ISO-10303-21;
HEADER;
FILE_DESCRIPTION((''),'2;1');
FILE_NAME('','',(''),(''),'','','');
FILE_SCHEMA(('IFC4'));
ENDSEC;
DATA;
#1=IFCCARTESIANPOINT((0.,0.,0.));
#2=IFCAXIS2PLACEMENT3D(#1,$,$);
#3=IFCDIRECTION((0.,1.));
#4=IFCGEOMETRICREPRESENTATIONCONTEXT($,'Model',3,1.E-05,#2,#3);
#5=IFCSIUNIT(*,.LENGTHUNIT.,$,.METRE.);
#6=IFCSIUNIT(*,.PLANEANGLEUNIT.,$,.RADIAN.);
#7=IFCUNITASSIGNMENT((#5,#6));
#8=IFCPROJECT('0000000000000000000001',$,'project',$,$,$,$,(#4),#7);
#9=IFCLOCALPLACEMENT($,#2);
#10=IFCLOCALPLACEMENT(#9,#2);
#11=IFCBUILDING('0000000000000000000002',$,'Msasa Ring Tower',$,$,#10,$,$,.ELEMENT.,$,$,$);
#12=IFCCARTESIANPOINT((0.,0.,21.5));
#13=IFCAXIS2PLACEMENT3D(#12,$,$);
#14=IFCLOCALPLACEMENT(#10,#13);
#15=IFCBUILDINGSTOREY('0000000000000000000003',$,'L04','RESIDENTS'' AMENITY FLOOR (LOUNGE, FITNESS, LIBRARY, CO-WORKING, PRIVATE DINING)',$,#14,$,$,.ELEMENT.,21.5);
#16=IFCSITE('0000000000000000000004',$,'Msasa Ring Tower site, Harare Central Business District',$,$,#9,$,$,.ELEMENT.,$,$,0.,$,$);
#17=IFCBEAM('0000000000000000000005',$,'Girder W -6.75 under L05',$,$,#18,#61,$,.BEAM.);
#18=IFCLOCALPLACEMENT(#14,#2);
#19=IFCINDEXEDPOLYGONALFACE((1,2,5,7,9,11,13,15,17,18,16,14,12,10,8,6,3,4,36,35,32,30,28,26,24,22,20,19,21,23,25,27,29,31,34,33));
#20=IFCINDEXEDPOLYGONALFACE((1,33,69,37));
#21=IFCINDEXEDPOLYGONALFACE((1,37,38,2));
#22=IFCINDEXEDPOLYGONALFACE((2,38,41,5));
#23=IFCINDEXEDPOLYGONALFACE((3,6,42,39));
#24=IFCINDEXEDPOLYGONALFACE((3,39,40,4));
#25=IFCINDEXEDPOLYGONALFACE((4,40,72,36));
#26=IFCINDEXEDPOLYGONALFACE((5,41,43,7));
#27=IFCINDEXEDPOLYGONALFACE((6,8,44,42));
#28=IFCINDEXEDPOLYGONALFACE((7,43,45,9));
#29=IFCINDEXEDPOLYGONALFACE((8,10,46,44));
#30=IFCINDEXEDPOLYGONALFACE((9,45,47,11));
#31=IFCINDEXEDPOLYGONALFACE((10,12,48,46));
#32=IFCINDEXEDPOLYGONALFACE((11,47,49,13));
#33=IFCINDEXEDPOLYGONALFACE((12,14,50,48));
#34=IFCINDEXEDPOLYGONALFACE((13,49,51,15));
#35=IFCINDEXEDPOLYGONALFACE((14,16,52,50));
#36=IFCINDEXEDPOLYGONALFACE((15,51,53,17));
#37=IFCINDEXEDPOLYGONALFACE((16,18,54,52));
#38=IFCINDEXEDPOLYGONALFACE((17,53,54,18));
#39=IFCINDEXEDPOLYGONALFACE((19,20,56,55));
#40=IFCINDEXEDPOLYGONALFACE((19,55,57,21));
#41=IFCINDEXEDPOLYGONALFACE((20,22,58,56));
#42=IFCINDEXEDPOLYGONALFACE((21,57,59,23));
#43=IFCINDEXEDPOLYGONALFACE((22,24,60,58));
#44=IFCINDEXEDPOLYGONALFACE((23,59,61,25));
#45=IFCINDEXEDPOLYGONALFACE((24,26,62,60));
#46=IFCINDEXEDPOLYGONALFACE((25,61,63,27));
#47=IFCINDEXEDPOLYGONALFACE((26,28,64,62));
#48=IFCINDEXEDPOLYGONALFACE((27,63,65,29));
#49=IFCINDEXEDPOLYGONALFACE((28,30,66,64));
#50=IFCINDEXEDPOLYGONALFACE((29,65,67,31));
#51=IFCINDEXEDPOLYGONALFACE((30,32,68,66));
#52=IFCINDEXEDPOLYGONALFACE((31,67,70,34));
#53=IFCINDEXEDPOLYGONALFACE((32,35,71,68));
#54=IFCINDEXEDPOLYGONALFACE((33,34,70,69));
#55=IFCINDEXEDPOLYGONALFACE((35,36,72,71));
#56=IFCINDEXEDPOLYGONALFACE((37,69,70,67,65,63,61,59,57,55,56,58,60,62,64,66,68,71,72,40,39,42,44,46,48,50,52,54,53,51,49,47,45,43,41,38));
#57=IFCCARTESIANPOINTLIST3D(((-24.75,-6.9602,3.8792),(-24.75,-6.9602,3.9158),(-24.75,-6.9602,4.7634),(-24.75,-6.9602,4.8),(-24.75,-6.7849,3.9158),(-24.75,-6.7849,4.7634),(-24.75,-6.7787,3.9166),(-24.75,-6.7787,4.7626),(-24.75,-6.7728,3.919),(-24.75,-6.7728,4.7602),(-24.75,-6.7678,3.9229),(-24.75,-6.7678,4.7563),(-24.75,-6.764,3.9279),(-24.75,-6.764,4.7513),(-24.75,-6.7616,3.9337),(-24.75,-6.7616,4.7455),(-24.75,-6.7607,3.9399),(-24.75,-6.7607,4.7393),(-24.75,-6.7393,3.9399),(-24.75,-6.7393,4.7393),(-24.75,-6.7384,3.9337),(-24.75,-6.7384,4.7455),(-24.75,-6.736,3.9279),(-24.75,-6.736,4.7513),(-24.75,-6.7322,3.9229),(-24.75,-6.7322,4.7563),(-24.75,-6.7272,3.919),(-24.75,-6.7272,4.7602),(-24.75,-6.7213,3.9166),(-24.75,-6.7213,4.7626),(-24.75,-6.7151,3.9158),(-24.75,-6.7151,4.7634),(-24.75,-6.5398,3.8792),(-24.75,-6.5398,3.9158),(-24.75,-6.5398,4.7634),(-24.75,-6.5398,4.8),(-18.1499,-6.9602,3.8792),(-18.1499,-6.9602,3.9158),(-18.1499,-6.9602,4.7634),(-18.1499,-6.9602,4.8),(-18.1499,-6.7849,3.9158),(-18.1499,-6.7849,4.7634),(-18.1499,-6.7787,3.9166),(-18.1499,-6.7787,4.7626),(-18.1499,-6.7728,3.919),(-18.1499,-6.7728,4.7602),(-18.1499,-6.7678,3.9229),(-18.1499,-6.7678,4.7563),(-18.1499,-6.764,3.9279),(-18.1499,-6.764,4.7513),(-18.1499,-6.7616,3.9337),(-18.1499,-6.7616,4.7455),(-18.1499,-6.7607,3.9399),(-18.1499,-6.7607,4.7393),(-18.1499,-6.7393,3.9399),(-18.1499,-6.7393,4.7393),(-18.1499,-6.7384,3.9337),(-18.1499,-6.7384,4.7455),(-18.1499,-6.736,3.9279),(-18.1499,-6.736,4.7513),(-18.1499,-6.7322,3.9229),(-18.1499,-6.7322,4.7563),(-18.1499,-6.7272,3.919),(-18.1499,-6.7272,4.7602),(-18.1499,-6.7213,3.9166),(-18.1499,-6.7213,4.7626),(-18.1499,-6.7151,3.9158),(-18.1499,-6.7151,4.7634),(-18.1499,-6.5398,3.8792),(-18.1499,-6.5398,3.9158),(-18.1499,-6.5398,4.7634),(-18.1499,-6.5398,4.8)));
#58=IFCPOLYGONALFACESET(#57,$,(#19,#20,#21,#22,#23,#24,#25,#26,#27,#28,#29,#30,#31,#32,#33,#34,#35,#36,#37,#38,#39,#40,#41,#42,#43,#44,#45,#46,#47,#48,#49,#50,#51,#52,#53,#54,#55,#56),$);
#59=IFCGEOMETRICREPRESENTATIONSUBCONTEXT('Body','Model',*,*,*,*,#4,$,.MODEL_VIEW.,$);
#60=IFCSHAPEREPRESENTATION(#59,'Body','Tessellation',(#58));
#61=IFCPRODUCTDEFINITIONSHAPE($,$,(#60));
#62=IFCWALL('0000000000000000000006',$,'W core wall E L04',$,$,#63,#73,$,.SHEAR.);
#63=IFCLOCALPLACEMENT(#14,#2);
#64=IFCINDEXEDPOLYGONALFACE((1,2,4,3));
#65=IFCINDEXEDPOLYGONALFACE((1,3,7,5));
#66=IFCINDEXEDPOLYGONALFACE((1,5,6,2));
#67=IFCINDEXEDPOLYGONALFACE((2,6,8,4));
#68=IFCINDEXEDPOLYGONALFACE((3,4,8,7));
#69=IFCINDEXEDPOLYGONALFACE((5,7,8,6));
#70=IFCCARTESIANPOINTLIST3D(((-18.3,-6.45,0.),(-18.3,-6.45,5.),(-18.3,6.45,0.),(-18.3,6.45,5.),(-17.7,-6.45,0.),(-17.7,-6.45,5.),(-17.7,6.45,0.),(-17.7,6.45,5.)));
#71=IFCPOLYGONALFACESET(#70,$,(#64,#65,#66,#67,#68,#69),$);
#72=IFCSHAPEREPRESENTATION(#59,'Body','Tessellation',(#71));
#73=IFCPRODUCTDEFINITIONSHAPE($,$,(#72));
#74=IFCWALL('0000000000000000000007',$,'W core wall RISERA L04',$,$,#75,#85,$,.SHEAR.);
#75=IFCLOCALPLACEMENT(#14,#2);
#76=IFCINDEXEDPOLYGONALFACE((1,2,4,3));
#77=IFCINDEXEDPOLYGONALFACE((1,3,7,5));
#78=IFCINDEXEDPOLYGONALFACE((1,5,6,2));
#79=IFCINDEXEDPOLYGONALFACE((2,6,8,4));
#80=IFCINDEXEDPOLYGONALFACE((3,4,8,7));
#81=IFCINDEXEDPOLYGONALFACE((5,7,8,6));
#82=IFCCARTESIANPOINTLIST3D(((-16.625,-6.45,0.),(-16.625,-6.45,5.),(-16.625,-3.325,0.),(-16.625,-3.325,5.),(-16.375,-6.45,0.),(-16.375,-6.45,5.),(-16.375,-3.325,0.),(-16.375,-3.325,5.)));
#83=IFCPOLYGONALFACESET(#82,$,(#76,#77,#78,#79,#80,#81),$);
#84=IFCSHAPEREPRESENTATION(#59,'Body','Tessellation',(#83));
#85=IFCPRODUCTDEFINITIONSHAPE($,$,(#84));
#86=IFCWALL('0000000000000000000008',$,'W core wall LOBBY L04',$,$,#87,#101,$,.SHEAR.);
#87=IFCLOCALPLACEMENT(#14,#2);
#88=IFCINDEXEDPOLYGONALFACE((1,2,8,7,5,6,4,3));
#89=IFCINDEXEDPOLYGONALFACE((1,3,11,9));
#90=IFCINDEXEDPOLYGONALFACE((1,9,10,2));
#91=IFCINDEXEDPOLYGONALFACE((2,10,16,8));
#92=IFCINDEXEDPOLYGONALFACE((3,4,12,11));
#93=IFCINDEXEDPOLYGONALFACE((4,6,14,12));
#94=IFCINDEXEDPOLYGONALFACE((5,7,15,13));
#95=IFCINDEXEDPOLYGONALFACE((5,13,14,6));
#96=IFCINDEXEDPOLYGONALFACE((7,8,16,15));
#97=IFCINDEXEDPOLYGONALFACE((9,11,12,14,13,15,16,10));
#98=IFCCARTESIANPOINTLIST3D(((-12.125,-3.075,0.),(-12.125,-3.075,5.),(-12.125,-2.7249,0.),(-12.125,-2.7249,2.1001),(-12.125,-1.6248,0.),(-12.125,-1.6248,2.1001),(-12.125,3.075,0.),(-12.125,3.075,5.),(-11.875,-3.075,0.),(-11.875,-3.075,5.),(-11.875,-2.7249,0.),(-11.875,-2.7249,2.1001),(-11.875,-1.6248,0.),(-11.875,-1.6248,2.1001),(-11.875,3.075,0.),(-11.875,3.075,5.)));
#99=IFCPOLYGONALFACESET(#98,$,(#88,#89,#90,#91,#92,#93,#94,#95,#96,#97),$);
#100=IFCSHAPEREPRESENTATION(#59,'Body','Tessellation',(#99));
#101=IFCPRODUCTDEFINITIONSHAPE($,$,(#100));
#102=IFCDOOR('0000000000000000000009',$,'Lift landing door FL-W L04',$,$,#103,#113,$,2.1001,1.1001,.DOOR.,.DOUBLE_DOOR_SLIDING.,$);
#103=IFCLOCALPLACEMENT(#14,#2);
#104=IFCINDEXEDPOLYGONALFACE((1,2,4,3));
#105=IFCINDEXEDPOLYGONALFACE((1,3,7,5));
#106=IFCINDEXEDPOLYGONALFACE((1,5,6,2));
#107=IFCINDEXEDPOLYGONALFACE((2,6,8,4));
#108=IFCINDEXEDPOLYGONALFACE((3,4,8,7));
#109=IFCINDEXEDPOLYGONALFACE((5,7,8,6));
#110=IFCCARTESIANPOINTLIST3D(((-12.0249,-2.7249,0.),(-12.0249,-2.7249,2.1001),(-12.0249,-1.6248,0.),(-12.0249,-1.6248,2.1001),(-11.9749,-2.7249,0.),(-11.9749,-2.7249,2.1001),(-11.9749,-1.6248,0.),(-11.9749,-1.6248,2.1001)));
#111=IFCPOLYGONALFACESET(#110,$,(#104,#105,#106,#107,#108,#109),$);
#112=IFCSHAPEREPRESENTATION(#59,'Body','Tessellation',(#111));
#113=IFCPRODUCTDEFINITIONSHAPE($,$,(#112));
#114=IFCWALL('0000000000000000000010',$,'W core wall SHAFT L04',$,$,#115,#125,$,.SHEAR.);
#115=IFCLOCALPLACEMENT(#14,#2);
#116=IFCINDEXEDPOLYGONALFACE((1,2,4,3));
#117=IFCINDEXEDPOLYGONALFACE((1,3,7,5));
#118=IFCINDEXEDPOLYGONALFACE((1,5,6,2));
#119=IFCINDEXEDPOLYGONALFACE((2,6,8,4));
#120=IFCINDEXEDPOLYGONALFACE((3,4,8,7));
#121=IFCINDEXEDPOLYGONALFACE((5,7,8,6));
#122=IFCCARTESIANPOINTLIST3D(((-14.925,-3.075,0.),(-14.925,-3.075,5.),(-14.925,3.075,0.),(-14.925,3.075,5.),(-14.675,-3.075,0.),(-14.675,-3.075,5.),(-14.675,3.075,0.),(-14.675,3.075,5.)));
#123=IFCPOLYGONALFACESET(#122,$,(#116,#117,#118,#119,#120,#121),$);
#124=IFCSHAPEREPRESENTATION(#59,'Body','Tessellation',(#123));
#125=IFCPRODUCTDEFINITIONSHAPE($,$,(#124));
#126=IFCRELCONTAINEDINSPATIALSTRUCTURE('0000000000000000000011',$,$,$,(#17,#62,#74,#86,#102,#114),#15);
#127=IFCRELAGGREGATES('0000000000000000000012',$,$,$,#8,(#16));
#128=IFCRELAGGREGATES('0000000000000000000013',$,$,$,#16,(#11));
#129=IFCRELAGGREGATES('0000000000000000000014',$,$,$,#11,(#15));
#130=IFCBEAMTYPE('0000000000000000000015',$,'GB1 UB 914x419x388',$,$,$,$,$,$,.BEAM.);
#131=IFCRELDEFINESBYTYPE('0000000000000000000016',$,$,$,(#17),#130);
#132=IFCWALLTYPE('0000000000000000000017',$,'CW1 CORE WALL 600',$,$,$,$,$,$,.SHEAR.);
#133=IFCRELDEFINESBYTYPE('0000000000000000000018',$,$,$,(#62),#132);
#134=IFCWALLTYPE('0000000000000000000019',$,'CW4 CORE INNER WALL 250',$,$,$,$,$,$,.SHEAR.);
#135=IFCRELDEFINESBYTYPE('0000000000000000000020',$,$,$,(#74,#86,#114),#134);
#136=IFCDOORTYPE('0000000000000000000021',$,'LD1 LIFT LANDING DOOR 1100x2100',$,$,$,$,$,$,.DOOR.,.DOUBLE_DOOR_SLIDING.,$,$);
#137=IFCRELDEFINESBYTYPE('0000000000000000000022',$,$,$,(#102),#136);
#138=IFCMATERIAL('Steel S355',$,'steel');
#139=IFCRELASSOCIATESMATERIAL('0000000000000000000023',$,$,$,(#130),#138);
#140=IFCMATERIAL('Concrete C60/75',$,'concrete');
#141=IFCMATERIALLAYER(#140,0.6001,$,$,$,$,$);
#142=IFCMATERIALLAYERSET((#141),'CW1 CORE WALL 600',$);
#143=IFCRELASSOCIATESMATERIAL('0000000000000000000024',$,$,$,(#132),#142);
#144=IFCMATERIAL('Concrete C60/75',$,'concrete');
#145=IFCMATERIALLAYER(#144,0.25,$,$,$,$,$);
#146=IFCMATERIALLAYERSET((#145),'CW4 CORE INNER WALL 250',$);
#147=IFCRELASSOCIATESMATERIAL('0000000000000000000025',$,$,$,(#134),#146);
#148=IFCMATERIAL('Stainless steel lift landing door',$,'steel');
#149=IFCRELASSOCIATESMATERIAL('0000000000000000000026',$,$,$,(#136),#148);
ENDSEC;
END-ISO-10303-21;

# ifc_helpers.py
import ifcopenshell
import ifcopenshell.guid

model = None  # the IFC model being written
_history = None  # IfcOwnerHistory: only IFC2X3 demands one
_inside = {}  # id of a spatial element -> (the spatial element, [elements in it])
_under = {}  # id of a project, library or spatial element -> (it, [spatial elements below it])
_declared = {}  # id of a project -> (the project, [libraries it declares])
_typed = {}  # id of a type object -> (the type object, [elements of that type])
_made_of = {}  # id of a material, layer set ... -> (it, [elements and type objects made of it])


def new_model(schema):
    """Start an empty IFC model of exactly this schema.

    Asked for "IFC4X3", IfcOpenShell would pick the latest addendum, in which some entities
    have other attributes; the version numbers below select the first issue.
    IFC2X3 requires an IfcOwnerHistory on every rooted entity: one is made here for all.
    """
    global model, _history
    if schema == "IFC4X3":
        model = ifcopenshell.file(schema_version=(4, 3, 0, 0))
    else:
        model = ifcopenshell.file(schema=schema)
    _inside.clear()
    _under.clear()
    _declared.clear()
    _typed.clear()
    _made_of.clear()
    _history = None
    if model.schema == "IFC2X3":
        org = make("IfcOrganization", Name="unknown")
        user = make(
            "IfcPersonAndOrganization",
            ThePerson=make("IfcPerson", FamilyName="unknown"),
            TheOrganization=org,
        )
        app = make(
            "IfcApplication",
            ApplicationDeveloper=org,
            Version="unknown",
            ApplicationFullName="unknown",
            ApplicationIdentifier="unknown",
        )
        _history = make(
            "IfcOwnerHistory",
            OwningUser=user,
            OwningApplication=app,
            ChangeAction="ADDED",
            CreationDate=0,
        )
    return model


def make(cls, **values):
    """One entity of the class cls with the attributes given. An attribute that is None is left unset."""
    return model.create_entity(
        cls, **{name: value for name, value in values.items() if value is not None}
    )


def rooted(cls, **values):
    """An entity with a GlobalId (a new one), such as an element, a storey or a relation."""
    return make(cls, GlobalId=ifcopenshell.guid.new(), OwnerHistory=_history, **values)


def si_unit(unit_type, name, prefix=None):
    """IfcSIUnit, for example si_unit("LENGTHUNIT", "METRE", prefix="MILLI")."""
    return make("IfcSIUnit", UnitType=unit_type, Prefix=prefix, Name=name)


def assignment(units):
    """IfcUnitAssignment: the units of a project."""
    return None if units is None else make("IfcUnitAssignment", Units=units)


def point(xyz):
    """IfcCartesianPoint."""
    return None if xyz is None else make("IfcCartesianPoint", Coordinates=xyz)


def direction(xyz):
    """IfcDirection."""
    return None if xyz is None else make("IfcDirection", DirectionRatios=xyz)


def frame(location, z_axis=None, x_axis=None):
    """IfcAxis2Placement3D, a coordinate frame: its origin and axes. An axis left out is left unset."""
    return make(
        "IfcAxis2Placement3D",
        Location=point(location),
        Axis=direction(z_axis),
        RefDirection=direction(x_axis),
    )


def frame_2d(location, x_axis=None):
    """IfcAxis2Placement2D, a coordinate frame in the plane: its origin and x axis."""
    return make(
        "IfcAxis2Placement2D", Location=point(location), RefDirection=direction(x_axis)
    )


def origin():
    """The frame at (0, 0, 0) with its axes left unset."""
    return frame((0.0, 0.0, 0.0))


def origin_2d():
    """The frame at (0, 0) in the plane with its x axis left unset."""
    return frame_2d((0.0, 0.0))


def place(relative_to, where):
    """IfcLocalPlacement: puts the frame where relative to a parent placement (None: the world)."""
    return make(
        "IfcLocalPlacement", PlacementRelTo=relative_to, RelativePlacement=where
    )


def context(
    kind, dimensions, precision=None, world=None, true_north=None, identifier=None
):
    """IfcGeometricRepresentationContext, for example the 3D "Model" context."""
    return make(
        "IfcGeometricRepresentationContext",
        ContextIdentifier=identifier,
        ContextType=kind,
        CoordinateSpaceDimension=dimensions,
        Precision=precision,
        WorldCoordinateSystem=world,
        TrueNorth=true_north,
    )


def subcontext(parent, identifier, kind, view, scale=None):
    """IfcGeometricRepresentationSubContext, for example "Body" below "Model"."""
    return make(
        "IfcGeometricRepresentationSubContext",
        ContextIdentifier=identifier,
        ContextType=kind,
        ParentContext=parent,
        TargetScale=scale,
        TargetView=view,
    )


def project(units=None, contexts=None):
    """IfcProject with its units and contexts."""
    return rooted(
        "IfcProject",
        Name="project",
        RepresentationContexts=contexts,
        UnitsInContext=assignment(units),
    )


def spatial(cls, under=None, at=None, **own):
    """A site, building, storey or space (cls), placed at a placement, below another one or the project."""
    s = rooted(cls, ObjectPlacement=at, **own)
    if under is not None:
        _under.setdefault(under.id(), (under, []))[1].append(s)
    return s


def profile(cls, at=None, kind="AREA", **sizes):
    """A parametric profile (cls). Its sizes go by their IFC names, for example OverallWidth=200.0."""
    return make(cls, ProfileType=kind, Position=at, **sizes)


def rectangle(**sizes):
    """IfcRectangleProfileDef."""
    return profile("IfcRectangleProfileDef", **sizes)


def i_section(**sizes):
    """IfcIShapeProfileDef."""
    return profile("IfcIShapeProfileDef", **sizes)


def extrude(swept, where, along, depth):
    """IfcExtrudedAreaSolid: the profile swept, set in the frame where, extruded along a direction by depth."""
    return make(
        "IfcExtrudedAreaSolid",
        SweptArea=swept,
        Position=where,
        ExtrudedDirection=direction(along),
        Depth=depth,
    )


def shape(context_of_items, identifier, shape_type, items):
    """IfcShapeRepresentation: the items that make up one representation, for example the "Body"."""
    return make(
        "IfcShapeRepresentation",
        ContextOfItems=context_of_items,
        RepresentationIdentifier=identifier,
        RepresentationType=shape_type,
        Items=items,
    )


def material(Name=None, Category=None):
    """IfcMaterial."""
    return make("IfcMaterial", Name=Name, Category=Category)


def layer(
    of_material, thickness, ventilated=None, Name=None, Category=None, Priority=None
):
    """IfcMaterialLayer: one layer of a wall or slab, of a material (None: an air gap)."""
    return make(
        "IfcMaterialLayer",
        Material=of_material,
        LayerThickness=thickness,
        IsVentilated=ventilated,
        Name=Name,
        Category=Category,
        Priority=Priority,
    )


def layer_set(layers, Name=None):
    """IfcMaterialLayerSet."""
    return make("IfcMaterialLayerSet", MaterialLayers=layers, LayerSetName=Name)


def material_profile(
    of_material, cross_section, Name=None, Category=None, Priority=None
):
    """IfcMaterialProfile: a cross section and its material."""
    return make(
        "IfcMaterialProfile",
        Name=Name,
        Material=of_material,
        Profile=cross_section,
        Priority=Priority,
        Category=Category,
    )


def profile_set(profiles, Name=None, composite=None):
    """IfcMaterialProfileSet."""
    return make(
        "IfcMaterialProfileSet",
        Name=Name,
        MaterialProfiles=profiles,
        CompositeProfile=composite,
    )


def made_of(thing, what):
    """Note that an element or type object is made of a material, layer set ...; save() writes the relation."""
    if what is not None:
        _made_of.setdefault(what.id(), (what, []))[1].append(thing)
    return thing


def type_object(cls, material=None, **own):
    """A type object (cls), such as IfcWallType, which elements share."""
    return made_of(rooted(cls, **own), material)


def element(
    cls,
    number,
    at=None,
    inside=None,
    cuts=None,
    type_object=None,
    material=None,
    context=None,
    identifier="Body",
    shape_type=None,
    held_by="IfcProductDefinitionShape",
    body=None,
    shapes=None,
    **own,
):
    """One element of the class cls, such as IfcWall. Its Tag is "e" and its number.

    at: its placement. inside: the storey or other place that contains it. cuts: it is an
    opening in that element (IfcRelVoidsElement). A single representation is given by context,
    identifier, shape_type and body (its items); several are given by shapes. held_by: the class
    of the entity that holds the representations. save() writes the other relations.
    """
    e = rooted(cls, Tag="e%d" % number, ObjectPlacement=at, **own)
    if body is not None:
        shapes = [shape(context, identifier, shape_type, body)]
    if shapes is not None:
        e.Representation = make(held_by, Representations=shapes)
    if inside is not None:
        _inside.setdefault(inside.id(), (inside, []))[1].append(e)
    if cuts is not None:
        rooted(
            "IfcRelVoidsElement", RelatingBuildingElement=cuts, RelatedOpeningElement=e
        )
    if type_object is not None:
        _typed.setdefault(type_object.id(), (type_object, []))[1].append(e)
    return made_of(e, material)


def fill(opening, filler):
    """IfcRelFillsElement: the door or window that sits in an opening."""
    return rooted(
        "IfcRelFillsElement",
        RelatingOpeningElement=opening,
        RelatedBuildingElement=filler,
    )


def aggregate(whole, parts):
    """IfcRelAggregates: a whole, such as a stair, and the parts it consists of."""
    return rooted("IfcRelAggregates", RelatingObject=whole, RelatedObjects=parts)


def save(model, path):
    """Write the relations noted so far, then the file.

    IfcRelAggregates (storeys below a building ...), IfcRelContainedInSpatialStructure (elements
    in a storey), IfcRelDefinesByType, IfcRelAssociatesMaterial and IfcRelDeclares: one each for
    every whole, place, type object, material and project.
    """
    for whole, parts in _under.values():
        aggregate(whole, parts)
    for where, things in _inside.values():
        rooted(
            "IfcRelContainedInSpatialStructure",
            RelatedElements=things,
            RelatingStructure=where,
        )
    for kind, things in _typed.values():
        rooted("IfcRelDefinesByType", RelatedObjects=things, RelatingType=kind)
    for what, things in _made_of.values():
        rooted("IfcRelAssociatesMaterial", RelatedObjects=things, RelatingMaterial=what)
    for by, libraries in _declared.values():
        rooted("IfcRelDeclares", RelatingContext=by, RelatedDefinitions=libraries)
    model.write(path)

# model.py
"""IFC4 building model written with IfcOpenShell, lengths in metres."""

from ifc_helpers import new_model, si_unit, direction, frame, frame_2d, origin, origin_2d, place, context, subcontext, project, spatial, rectangle, i_section, extrude, material, layer, layer_set, material_profile, profile_set, type_object, element, fill, save


model = new_model("IFC4")

# Units and contexts
model_context = context("Model", 3, precision=1e-05, world=origin(), true_north=direction((0.0, 1.0)))
body_context = subcontext(model_context, "Body", "Model", "MODEL_VIEW")
ifc_project = project(units=[si_unit("LENGTHUNIT", "METRE"), si_unit("PLANEANGLEUNIT", "RADIAN")], contexts=[model_context])

# Site, building, storey
site_placement = place(None, origin())
site = spatial("IfcSite", under=ifc_project, at=site_placement, Name="Msasa Ring Tower site, Harare Central Business District", CompositionType="ELEMENT", RefElevation=0.0)
building_placement = place(site_placement, origin())
building = spatial("IfcBuilding", under=site, at=building_placement, Name="Msasa Ring Tower", CompositionType="ELEMENT")
storey_placement = place(building_placement, frame((0.0, 0.0, 21.5)))
storey = spatial("IfcBuildingStorey", under=building, at=storey_placement, Name="L04", Description="RESIDENTS' AMENITY FLOOR (LOUNGE, FITNESS, LIBRARY, CO-WORKING, PRIVATE DINING)", CompositionType="ELEMENT", Elevation=21.5)

# Beam
ifc_material_1 = material(Name="Steel S355", Category="steel")
ifc_material_profile = material_profile(ifc_material_1, i_section(OverallWidth=0.4204, OverallDepth=0.9209, WebThickness=0.0215, FlangeThickness=0.0366, FilletRadius=0.0242, at=origin_2d()), Name="UB 914x419x388")
ifc_profile_set = profile_set([ifc_material_profile], Name="Steel S355")
beam_type = type_object("IfcBeamType", Name="GB1 UB 914x419x388", PredefinedType="BEAM", material=ifc_profile_set)
beam_placement = place(storey_placement, frame((-18.1499, -6.75, 4.3396), z_axis=(-1.0, 0.0, 0.0), x_axis=(0.0, -1.0, 0.0)))
element("IfcBeam", 1, at=beam_placement, inside=storey, type_object=beam_type, Name="Girder W -6.75 under L05", PredefinedType="BEAM", context=body_context, shape_type="SweptSolid", body=[
    extrude(i_section(OverallWidth=0.4204, OverallDepth=0.9209, WebThickness=0.0215, FlangeThickness=0.0366, FilletRadius=0.0242, at=origin_2d()), origin(), (0.0, 0.0, 1.0), 6.6001),
])

# Walls
ifc_material_2 = material(Name="Concrete C60/75", Category="concrete")
ifc_layer_1 = layer(ifc_material_2, 0.6001)
ifc_layer_set_1 = layer_set([ifc_layer_1], Name="CW1 CORE WALL 600")
wall_type_1 = type_object("IfcWallType", Name="CW1 CORE WALL 600", PredefinedType="SHEAR", material=ifc_layer_set_1)
wall_1_placement = place(storey_placement, frame((-18.0, -6.45, 0.0), z_axis=(0.0, 0.0, 1.0), x_axis=(0.0, 1.0, 0.0)))
element("IfcWall", 2, at=wall_1_placement, inside=storey, type_object=wall_type_1, Name="W core wall E L04", PredefinedType="SHEAR", context=body_context, shape_type="SweptSolid", body=[
    extrude(rectangle(XDim=12.8999, YDim=0.6001, at=frame_2d((6.45, 0.0))), origin(), (0.0, 0.0, 1.0), 5.0),
])
ifc_material_3 = material(Name="Concrete C60/75", Category="concrete")
ifc_layer_2 = layer(ifc_material_3, 0.25)
ifc_layer_set_2 = layer_set([ifc_layer_2], Name="CW4 CORE INNER WALL 250")
wall_type_2 = type_object("IfcWallType", Name="CW4 CORE INNER WALL 250", PredefinedType="SHEAR", material=ifc_layer_set_2)
wall_2_placement = place(storey_placement, frame((-16.5, -6.45, 0.0), z_axis=(0.0, 0.0, 1.0), x_axis=(0.0, 1.0, 0.0)))
element("IfcWall", 3, at=wall_2_placement, inside=storey, type_object=wall_type_2, Name="W core wall RISERA L04", PredefinedType="SHEAR", context=body_context, shape_type="SweptSolid", body=[
    extrude(rectangle(XDim=3.125, YDim=0.25, at=frame_2d((1.5625, 0.0))), origin(), (0.0, 0.0, 1.0), 5.0),
])

# Wall, opening, door
wall_3_placement = place(storey_placement, frame((-12.0, -3.075, 0.0), z_axis=(0.0, 0.0, 1.0), x_axis=(0.0, 1.0, 0.0)))
wall_3 = element("IfcWall", 4, at=wall_3_placement, inside=storey, type_object=wall_type_2, Name="W core wall LOBBY L04", PredefinedType="SHEAR", context=body_context, shape_type="SweptSolid", body=[
    extrude(rectangle(XDim=6.1499, YDim=0.25, at=frame_2d((3.075, 0.0))), origin(), (0.0, 0.0, 1.0), 5.0),
])
opening_1_placement = place(wall_3_placement, frame((0.3501, 0.0, 0.0)))
opening_1 = element("IfcOpeningElement", 5, at=opening_1_placement, cuts=wall_3, PredefinedType="OPENING", context=body_context, shape_type="SweptSolid", body=[
    extrude(rectangle(XDim=1.1001, YDim=2.1001, at=frame_2d((0.55, 1.05))), frame((0.0, 0.135, 0.0), z_axis=(0.0, -1.0, 0.0), x_axis=(1.0, 0.0, 0.0)), (0.0, 0.0, 1.0), 0.27),
])
ifc_material_4 = material(Name="Stainless steel lift landing door", Category="steel")
door_type_1 = type_object("IfcDoorType", Name="LD1 LIFT LANDING DOOR 1100x2100", OperationType="DOUBLE_DOOR_SLIDING", PredefinedType="DOOR", material=ifc_material_4)
door_1_placement = place(opening_1_placement, origin())
door_1 = element("IfcDoor", 6, at=door_1_placement, inside=storey, type_object=door_type_1, Name="Lift landing door FL-W L04", OperationType="DOUBLE_DOOR_SLIDING", OverallHeight=2.1001, OverallWidth=1.1001, PredefinedType="DOOR", context=body_context, shape_type="SweptSolid", body=[
    extrude(rectangle(XDim=1.1001, YDim=2.1001, at=frame_2d((0.55, 1.05))), frame((0.0, 0.0249, 0.0), z_axis=(0.0, -1.0, 0.0), x_axis=(1.0, 0.0, 0.0)), (0.0, 0.0, 1.0), 0.05),
])
fill(opening_1, door_1)

# Wall
wall_4_placement = place(storey_placement, frame((-14.8, -3.075, 0.0), z_axis=(0.0, 0.0, 1.0), x_axis=(0.0, 1.0, 0.0)))
element("IfcWall", 7, at=wall_4_placement, inside=storey, type_object=wall_type_2, Name="W core wall SHAFT L04", PredefinedType="SHEAR", context=body_context, shape_type="SweptSolid", body=[
    extrude(rectangle(XDim=6.1499, YDim=0.25, at=frame_2d((3.075, 0.0))), origin(), (0.0, 0.0, 1.0), 5.0),
])

save(model, "model.ifc")
